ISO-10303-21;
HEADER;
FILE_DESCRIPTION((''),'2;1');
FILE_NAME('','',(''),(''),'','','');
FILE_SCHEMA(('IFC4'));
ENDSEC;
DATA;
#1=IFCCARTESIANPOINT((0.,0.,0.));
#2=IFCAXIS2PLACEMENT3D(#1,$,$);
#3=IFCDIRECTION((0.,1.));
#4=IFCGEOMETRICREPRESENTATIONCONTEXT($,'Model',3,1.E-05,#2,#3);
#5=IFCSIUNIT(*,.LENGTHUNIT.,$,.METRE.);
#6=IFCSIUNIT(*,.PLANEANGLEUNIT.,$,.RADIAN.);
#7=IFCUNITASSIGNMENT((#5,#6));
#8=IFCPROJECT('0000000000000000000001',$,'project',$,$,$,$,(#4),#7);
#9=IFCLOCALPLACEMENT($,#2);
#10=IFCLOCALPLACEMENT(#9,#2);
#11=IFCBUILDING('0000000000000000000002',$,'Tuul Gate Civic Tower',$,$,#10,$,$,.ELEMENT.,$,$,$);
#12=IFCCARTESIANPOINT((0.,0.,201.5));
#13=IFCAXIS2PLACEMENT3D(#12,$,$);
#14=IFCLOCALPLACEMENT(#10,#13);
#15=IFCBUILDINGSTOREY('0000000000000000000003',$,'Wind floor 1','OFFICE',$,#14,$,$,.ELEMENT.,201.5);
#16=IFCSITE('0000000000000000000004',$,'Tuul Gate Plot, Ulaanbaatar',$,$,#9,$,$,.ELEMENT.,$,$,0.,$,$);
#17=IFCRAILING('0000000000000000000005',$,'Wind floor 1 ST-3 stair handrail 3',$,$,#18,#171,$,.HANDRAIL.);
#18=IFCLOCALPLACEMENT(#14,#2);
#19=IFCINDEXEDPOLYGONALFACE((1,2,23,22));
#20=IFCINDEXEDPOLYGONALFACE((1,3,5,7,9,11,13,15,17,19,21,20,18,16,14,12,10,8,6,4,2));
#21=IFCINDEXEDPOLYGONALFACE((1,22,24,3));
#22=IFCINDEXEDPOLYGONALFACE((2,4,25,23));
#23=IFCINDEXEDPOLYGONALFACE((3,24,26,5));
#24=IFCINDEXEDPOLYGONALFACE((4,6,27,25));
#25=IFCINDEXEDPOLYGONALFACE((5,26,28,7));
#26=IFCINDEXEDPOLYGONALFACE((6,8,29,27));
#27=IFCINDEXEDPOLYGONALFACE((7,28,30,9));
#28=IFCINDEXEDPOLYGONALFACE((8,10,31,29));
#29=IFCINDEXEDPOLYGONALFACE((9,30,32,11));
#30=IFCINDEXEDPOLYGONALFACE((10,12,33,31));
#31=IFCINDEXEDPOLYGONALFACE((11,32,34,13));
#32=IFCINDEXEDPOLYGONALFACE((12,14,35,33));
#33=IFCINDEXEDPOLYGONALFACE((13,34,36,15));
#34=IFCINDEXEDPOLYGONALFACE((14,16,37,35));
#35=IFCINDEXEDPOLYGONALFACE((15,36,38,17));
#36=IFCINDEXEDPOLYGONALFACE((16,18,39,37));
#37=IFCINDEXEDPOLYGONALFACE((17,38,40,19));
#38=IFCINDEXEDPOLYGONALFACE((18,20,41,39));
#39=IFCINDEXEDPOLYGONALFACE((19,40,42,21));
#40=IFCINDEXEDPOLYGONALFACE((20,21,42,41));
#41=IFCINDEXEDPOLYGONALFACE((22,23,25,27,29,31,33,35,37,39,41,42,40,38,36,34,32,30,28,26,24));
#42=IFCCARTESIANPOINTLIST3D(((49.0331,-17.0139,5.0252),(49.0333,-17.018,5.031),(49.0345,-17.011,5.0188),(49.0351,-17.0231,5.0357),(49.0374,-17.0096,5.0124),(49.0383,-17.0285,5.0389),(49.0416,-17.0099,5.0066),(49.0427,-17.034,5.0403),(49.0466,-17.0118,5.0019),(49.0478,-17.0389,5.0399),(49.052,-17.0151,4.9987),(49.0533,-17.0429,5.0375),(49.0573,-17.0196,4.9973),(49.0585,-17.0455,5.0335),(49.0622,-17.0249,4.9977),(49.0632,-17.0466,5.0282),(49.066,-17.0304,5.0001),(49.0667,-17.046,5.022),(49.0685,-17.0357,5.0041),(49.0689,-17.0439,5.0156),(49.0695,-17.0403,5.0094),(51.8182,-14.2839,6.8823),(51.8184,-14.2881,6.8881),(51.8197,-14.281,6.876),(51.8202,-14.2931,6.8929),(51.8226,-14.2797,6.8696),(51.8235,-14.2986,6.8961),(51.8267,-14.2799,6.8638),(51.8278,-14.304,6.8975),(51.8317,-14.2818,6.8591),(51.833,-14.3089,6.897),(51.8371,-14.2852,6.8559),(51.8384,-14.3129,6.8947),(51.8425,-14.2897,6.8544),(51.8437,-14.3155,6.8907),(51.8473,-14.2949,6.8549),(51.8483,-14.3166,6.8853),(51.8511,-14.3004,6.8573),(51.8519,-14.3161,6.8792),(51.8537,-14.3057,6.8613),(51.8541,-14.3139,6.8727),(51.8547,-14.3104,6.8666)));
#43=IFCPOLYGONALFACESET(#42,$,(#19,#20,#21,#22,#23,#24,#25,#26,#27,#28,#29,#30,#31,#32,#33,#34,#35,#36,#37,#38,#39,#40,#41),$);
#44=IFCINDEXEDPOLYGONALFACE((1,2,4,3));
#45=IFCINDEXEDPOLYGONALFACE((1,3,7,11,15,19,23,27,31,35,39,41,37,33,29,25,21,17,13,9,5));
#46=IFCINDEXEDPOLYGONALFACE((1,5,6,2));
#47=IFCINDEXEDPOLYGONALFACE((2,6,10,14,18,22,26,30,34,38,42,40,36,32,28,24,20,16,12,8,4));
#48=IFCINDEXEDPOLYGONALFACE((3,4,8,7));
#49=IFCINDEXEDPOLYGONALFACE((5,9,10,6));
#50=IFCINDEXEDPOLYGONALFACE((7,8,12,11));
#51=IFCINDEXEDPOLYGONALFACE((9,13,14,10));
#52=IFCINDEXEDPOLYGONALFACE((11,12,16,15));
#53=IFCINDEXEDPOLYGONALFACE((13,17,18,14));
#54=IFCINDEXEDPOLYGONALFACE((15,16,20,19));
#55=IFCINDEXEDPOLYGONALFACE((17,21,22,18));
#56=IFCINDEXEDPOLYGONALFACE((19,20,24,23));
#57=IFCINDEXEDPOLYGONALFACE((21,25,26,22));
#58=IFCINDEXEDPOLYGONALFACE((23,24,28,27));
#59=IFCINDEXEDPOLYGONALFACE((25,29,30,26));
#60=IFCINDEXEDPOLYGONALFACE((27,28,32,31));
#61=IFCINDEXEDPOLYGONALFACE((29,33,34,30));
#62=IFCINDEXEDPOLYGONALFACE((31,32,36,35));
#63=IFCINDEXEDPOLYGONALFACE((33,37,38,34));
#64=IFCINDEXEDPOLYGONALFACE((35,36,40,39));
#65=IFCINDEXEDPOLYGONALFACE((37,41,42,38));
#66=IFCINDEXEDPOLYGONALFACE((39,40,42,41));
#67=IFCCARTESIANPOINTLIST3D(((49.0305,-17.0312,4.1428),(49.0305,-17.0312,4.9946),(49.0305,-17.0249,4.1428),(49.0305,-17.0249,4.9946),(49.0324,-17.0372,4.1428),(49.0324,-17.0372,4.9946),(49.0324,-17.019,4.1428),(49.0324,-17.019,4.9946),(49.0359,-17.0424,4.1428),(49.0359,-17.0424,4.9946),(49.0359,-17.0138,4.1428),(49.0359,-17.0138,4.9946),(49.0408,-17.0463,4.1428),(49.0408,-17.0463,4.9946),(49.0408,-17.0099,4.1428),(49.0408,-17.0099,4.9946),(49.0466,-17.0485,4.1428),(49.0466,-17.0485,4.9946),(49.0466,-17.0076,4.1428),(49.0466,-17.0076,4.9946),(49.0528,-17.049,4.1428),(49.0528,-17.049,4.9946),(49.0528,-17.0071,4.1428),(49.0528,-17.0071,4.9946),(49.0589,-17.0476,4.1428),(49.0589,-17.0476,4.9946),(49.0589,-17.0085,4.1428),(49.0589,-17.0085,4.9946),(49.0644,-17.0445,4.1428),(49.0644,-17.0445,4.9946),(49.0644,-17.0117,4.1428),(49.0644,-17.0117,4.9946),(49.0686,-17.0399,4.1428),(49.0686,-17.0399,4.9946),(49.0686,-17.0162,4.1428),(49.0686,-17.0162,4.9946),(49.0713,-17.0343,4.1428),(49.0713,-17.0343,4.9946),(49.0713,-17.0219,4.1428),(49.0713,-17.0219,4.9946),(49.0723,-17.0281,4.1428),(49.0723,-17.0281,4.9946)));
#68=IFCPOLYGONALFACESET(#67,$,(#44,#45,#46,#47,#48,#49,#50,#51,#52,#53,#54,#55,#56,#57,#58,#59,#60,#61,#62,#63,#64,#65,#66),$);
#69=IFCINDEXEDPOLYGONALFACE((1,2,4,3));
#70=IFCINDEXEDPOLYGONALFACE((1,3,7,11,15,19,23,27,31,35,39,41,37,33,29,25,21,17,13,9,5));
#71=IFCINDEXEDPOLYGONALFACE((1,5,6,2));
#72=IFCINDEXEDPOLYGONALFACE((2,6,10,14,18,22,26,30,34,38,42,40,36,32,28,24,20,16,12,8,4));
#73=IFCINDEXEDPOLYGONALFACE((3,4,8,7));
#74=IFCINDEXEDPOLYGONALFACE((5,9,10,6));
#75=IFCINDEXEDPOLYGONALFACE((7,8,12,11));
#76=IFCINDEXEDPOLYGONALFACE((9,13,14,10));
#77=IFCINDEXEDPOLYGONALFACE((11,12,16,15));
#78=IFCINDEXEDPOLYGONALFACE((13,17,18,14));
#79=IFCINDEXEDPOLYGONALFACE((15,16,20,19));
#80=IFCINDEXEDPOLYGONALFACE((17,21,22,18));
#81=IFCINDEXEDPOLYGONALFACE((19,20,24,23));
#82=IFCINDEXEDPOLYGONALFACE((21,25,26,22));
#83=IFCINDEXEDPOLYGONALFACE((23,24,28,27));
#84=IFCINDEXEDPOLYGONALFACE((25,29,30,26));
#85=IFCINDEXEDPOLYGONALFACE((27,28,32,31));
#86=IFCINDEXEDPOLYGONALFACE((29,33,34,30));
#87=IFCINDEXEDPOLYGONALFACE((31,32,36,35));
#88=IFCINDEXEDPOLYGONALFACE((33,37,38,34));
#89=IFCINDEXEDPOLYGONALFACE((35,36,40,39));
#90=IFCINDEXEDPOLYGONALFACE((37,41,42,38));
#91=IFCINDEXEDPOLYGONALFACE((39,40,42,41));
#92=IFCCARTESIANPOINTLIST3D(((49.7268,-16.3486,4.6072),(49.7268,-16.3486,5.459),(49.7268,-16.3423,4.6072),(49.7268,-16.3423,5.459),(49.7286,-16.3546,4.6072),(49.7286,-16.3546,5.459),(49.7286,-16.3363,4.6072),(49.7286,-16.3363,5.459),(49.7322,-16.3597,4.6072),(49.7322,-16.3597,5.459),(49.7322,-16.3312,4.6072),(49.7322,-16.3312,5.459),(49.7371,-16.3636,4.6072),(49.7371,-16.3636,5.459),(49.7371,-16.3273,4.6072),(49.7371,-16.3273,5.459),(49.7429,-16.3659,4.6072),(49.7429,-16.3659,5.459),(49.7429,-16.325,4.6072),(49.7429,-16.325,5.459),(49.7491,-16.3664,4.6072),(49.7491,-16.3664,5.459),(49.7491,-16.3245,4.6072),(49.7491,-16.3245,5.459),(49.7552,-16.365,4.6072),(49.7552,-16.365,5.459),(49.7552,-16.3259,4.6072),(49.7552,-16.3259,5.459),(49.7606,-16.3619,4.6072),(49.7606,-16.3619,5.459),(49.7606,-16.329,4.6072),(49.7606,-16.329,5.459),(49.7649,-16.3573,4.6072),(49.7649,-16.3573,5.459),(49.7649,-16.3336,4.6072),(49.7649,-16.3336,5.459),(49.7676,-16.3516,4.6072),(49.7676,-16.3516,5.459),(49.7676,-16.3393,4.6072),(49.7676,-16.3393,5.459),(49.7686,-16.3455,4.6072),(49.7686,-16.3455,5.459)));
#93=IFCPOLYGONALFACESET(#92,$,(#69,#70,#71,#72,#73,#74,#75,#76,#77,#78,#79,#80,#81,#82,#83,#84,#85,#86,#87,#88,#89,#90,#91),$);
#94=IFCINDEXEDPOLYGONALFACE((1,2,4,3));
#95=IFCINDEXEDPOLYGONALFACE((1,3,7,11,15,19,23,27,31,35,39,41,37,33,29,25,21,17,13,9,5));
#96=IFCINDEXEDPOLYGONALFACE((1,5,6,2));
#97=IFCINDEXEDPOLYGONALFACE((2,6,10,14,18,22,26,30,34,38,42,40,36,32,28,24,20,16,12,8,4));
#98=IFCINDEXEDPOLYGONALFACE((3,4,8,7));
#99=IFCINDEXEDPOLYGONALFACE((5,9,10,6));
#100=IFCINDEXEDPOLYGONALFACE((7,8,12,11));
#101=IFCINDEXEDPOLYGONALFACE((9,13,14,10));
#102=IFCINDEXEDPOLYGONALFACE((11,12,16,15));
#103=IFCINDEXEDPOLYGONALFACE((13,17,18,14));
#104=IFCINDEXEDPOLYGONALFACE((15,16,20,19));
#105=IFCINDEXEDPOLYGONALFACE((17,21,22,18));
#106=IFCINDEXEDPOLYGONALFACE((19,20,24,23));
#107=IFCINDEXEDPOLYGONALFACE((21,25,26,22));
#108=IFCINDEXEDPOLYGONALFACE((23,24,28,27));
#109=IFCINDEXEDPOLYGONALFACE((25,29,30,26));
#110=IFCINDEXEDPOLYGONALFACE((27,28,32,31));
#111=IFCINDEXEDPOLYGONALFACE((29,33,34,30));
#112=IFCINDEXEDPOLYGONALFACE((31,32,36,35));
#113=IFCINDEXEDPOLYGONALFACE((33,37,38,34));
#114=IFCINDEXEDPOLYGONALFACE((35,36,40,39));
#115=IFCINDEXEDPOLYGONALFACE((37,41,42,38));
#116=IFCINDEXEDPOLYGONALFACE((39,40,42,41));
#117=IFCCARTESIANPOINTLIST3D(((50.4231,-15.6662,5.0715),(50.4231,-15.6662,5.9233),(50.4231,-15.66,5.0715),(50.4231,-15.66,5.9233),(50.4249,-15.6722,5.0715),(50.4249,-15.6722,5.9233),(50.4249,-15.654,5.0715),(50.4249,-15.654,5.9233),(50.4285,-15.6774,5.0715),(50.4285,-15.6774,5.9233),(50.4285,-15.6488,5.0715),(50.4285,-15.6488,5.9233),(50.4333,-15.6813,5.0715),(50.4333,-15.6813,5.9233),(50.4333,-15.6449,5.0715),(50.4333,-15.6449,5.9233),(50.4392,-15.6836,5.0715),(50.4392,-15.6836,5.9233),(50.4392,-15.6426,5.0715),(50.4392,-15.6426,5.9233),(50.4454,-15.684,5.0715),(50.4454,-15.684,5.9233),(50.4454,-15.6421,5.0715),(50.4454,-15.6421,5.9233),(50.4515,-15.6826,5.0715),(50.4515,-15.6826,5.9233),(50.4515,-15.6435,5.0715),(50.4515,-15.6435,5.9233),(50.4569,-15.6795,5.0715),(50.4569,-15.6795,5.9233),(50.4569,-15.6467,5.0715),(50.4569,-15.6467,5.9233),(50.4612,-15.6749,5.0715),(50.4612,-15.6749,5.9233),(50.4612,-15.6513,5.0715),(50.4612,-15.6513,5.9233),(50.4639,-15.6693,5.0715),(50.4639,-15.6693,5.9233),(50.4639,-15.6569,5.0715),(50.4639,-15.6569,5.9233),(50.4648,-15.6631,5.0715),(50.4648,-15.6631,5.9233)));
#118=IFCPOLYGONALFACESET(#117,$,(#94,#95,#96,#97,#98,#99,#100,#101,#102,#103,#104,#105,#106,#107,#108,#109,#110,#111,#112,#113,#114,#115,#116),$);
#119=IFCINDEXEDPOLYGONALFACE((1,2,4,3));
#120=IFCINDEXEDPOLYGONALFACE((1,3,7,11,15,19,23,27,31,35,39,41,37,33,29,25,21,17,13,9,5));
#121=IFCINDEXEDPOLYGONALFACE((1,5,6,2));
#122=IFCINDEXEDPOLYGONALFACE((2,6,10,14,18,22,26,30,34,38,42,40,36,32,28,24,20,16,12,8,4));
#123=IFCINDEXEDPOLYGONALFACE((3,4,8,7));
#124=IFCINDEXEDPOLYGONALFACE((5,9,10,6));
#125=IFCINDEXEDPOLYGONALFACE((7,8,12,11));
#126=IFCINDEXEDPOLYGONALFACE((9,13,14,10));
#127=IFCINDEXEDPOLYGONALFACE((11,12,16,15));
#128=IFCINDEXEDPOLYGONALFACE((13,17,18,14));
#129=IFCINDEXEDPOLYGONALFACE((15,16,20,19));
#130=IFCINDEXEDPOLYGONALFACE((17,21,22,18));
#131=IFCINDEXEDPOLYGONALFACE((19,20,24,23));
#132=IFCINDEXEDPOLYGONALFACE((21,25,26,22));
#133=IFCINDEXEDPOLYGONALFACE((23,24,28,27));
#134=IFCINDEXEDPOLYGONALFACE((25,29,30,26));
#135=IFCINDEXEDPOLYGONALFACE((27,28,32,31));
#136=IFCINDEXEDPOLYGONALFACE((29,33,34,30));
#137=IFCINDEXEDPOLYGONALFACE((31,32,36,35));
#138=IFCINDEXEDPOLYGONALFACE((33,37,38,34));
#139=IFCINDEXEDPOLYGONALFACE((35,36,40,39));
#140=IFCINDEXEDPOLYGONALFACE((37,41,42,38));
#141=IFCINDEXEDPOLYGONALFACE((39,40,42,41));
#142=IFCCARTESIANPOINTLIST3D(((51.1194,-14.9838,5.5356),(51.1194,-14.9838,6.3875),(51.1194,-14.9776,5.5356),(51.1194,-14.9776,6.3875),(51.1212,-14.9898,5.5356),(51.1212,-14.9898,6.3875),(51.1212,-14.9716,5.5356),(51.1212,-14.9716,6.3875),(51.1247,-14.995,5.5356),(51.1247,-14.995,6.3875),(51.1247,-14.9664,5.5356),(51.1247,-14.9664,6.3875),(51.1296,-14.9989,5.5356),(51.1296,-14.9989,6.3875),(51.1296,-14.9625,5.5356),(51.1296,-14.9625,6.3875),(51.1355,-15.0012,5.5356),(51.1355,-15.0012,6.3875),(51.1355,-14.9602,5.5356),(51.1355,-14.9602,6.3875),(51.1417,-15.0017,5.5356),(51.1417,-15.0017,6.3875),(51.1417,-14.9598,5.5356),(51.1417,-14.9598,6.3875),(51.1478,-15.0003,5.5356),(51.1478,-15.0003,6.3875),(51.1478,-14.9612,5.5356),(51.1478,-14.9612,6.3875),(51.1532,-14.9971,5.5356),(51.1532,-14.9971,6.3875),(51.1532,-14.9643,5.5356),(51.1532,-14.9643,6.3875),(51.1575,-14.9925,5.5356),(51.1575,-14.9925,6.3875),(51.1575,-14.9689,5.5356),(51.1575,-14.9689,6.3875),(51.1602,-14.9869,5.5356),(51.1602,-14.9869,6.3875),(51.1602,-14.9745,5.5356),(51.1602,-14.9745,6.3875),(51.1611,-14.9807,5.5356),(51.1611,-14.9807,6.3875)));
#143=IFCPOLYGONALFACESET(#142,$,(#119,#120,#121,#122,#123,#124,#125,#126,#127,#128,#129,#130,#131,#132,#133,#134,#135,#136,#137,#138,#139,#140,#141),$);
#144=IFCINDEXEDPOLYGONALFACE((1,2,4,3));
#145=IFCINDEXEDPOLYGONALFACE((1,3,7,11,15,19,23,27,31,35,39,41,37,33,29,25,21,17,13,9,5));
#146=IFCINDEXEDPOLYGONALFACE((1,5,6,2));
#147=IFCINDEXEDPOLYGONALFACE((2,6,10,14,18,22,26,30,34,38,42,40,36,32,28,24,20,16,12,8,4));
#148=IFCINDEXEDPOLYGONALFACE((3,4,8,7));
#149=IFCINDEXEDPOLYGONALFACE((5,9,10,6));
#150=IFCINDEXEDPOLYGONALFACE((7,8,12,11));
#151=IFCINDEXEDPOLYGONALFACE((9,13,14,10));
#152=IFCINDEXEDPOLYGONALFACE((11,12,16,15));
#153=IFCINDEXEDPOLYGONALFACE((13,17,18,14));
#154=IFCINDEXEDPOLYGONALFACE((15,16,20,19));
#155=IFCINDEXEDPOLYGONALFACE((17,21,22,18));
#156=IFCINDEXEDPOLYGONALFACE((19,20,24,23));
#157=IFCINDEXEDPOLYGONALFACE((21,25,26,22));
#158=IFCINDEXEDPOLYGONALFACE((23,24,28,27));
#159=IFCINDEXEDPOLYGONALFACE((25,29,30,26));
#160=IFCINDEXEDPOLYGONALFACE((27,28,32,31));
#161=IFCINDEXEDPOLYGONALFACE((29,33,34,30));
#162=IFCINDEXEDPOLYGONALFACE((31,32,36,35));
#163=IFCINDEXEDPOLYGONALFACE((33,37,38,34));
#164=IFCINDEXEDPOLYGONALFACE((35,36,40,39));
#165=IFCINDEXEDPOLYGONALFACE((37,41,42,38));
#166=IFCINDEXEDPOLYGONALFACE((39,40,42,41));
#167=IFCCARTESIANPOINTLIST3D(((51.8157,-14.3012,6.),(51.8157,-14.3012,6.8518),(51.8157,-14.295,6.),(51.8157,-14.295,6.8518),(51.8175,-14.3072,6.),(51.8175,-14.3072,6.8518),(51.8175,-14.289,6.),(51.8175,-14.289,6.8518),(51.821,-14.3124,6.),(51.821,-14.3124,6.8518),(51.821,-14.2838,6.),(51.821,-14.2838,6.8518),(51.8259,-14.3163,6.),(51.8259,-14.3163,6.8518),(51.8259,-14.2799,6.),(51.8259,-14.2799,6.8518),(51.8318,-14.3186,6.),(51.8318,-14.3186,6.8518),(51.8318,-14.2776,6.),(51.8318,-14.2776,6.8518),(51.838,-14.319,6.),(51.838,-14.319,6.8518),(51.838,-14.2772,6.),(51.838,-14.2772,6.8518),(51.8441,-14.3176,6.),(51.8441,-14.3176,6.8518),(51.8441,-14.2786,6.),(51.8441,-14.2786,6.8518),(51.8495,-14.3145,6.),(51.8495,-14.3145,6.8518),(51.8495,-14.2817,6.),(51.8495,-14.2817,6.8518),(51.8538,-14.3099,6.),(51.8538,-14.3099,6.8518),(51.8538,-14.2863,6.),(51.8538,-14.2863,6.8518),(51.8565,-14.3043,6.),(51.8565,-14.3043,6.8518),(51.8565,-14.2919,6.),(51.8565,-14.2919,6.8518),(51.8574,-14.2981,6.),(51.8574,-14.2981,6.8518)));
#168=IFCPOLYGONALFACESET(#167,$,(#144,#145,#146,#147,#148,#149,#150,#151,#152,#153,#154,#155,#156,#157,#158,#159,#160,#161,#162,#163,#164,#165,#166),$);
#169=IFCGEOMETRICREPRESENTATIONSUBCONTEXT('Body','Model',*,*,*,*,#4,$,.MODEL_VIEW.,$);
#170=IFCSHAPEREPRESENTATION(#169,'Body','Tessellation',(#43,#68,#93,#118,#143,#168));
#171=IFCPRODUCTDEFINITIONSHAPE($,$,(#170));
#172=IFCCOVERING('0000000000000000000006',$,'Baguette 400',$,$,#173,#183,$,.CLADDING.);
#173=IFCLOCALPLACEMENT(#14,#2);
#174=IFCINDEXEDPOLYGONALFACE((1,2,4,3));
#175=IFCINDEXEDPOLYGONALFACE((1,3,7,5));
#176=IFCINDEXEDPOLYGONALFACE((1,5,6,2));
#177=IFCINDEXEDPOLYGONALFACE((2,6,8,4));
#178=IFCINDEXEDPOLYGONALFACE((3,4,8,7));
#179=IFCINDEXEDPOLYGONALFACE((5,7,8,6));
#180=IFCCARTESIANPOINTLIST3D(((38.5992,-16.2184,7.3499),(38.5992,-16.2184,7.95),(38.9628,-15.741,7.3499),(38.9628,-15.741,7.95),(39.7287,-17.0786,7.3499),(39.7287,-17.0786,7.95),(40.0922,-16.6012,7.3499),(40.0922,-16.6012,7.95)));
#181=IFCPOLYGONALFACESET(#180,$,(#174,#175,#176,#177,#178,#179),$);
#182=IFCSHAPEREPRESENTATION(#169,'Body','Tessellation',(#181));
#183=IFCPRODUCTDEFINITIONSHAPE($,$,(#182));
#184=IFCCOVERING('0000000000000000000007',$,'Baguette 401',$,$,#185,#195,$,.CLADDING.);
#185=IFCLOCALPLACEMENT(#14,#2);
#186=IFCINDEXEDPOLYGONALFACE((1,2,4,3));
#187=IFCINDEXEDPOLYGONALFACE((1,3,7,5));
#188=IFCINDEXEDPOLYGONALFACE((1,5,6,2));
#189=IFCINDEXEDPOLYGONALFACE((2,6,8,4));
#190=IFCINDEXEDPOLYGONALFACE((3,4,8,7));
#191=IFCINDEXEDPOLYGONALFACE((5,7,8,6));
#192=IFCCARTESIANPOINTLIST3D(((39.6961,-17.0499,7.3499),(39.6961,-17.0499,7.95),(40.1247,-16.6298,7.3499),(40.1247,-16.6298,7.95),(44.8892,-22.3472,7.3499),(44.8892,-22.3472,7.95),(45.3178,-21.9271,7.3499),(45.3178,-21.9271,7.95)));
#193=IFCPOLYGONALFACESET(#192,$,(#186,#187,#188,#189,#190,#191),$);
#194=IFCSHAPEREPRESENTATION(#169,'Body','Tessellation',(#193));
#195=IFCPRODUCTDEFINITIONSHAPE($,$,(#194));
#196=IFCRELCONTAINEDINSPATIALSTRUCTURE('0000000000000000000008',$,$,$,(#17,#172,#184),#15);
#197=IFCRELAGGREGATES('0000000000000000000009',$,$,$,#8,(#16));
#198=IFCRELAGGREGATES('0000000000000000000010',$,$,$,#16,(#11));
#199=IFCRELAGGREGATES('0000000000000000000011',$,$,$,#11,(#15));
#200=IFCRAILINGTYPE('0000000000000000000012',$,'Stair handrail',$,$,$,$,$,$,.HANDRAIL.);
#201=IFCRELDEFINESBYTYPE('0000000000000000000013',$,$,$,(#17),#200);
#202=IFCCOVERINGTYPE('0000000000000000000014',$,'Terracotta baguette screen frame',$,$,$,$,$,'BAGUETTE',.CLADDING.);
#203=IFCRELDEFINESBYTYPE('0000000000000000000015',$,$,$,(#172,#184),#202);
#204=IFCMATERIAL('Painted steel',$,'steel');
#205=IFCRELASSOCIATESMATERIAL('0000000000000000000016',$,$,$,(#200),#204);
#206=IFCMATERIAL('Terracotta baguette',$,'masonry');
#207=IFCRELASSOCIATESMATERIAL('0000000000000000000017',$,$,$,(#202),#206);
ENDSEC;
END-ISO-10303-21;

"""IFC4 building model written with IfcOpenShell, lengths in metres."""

from ifc_helpers import new_model, si_unit, direction, frame, origin, origin_2d, place, context, subcontext, project, spatial, rectangle, circle, extrude, material, material_profile, profile_set, type_object, element, save


model = new_model("IFC4")

# Units and contexts
model_context = context("Model", 3, precision=1e-05, world=origin(), true_north=direction((0.0, 1.0)))
body_context = subcontext(model_context, "Body", "Model", "MODEL_VIEW")
ifc_project = project(units=[si_unit("LENGTHUNIT", "METRE"), si_unit("PLANEANGLEUNIT", "RADIAN")], contexts=[model_context])

# Site, building, storey
site_placement = place(None, origin())
site = spatial("IfcSite", under=ifc_project, at=site_placement, Name="Tuul Gate Plot, Ulaanbaatar", CompositionType="ELEMENT", RefElevation=0.0)
building_placement = place(site_placement, origin())
building = spatial("IfcBuilding", under=site, at=building_placement, Name="Tuul Gate Civic Tower", CompositionType="ELEMENT")
storey_placement = place(building_placement, frame((0.0, 0.0, 201.5)))
storey = spatial("IfcBuildingStorey", under=building, at=storey_placement, Name="Wind floor 1", Description="OFFICE", CompositionType="ELEMENT", Elevation=201.5)

# Railing
ifc_material_1 = material(Name="Painted steel", Category="steel")
railing_type_1 = type_object("IfcRailingType", Name="Stair handrail", PredefinedType="HANDRAIL", material=ifc_material_1)
for number, where, name in (
    (1, (49.0513, -17.0281, 4.1428), "Wind floor 1 ST-3 stair handrail 3"),
):
    element("IfcRailing", number, at=place(storey_placement, frame(where)), inside=storey, type_object=railing_type_1, Name=name, PredefinedType="HANDRAIL", context=body_context, shape_type="SweptSolid", body=[
        extrude(circle(Radius=0.0239, at=origin_2d()), frame((0.0, 0.0, 0.876), z_axis=(0.644771, 0.631998, 0.429941), x_axis=(-0.699998, 0.714145, 0.0)), (0.0, 0.0, 1.0), 4.3196),
        extrude(circle(Radius=0.021, at=origin_2d()), origin(), (0.0, 0.0, 1.0), 0.8518),
        extrude(circle(Radius=0.021, at=origin_2d()), frame((0.6963, 0.6826, 0.4644)), (0.0, 0.0, 1.0), 0.8518),
        extrude(circle(Radius=0.021, at=origin_2d()), frame((1.3926, 1.365, 0.9287)), (0.0, 0.0, 1.0), 0.8518),
        extrude(circle(Radius=0.021, at=origin_2d()), frame((2.0889, 2.0474, 1.3928)), (0.0, 0.0, 1.0), 0.8518),
        extrude(circle(Radius=0.021, at=origin_2d()), frame((2.7852, 2.73, 1.8572)), (0.0, 0.0, 1.0), 0.8518),
    ])

# Coverings
ifc_material_2 = material(Name="Terracotta baguette", Category="masonry")
ifc_material_profile_1 = material_profile(ifc_material_2, rectangle(XDim=0.6001, YDim=0.6001, at=origin_2d()), Name="Terracotta baguette screen frame")
ifc_profile_set_1 = profile_set([ifc_material_profile_1], Name="Terracotta baguette")
covering_type = type_object("IfcCoveringType", Name="Terracotta baguette screen frame", ElementType="BAGUETTE", PredefinedType="CLADDING", material=ifc_profile_set_1)
covering_1_placement = place(storey_placement, frame((38.781, -15.9797, 7.6499), z_axis=(0.795562, -0.605872, 0.0), x_axis=(0.605872, 0.795562, 0.0)))
element("IfcCovering", 2, at=covering_1_placement, inside=storey, type_object=covering_type, Name="Baguette 400", PredefinedType="CLADDING", context=body_context, shape_type="SweptSolid", body=[
    extrude(rectangle(XDim=0.6001, YDim=0.6001, at=origin_2d()), origin(), (0.0, 0.0, 1.0), 1.4197),
])
covering_2_placement = place(storey_placement, frame((39.9104, -16.8398, 7.6499), z_axis=(0.700045, -0.714098, 0.0), x_axis=(0.714098, 0.700045, 0.0)))
element("IfcCovering", 3, at=covering_2_placement, inside=storey, type_object=covering_type, Name="Baguette 401", PredefinedType="CLADDING", context=body_context, shape_type="SweptSolid", body=[
    extrude(rectangle(XDim=0.6001, YDim=0.6001, at=origin_2d()), origin(), (0.0, 0.0, 1.0), 7.4182),
])

save(model, "model.ifc")
